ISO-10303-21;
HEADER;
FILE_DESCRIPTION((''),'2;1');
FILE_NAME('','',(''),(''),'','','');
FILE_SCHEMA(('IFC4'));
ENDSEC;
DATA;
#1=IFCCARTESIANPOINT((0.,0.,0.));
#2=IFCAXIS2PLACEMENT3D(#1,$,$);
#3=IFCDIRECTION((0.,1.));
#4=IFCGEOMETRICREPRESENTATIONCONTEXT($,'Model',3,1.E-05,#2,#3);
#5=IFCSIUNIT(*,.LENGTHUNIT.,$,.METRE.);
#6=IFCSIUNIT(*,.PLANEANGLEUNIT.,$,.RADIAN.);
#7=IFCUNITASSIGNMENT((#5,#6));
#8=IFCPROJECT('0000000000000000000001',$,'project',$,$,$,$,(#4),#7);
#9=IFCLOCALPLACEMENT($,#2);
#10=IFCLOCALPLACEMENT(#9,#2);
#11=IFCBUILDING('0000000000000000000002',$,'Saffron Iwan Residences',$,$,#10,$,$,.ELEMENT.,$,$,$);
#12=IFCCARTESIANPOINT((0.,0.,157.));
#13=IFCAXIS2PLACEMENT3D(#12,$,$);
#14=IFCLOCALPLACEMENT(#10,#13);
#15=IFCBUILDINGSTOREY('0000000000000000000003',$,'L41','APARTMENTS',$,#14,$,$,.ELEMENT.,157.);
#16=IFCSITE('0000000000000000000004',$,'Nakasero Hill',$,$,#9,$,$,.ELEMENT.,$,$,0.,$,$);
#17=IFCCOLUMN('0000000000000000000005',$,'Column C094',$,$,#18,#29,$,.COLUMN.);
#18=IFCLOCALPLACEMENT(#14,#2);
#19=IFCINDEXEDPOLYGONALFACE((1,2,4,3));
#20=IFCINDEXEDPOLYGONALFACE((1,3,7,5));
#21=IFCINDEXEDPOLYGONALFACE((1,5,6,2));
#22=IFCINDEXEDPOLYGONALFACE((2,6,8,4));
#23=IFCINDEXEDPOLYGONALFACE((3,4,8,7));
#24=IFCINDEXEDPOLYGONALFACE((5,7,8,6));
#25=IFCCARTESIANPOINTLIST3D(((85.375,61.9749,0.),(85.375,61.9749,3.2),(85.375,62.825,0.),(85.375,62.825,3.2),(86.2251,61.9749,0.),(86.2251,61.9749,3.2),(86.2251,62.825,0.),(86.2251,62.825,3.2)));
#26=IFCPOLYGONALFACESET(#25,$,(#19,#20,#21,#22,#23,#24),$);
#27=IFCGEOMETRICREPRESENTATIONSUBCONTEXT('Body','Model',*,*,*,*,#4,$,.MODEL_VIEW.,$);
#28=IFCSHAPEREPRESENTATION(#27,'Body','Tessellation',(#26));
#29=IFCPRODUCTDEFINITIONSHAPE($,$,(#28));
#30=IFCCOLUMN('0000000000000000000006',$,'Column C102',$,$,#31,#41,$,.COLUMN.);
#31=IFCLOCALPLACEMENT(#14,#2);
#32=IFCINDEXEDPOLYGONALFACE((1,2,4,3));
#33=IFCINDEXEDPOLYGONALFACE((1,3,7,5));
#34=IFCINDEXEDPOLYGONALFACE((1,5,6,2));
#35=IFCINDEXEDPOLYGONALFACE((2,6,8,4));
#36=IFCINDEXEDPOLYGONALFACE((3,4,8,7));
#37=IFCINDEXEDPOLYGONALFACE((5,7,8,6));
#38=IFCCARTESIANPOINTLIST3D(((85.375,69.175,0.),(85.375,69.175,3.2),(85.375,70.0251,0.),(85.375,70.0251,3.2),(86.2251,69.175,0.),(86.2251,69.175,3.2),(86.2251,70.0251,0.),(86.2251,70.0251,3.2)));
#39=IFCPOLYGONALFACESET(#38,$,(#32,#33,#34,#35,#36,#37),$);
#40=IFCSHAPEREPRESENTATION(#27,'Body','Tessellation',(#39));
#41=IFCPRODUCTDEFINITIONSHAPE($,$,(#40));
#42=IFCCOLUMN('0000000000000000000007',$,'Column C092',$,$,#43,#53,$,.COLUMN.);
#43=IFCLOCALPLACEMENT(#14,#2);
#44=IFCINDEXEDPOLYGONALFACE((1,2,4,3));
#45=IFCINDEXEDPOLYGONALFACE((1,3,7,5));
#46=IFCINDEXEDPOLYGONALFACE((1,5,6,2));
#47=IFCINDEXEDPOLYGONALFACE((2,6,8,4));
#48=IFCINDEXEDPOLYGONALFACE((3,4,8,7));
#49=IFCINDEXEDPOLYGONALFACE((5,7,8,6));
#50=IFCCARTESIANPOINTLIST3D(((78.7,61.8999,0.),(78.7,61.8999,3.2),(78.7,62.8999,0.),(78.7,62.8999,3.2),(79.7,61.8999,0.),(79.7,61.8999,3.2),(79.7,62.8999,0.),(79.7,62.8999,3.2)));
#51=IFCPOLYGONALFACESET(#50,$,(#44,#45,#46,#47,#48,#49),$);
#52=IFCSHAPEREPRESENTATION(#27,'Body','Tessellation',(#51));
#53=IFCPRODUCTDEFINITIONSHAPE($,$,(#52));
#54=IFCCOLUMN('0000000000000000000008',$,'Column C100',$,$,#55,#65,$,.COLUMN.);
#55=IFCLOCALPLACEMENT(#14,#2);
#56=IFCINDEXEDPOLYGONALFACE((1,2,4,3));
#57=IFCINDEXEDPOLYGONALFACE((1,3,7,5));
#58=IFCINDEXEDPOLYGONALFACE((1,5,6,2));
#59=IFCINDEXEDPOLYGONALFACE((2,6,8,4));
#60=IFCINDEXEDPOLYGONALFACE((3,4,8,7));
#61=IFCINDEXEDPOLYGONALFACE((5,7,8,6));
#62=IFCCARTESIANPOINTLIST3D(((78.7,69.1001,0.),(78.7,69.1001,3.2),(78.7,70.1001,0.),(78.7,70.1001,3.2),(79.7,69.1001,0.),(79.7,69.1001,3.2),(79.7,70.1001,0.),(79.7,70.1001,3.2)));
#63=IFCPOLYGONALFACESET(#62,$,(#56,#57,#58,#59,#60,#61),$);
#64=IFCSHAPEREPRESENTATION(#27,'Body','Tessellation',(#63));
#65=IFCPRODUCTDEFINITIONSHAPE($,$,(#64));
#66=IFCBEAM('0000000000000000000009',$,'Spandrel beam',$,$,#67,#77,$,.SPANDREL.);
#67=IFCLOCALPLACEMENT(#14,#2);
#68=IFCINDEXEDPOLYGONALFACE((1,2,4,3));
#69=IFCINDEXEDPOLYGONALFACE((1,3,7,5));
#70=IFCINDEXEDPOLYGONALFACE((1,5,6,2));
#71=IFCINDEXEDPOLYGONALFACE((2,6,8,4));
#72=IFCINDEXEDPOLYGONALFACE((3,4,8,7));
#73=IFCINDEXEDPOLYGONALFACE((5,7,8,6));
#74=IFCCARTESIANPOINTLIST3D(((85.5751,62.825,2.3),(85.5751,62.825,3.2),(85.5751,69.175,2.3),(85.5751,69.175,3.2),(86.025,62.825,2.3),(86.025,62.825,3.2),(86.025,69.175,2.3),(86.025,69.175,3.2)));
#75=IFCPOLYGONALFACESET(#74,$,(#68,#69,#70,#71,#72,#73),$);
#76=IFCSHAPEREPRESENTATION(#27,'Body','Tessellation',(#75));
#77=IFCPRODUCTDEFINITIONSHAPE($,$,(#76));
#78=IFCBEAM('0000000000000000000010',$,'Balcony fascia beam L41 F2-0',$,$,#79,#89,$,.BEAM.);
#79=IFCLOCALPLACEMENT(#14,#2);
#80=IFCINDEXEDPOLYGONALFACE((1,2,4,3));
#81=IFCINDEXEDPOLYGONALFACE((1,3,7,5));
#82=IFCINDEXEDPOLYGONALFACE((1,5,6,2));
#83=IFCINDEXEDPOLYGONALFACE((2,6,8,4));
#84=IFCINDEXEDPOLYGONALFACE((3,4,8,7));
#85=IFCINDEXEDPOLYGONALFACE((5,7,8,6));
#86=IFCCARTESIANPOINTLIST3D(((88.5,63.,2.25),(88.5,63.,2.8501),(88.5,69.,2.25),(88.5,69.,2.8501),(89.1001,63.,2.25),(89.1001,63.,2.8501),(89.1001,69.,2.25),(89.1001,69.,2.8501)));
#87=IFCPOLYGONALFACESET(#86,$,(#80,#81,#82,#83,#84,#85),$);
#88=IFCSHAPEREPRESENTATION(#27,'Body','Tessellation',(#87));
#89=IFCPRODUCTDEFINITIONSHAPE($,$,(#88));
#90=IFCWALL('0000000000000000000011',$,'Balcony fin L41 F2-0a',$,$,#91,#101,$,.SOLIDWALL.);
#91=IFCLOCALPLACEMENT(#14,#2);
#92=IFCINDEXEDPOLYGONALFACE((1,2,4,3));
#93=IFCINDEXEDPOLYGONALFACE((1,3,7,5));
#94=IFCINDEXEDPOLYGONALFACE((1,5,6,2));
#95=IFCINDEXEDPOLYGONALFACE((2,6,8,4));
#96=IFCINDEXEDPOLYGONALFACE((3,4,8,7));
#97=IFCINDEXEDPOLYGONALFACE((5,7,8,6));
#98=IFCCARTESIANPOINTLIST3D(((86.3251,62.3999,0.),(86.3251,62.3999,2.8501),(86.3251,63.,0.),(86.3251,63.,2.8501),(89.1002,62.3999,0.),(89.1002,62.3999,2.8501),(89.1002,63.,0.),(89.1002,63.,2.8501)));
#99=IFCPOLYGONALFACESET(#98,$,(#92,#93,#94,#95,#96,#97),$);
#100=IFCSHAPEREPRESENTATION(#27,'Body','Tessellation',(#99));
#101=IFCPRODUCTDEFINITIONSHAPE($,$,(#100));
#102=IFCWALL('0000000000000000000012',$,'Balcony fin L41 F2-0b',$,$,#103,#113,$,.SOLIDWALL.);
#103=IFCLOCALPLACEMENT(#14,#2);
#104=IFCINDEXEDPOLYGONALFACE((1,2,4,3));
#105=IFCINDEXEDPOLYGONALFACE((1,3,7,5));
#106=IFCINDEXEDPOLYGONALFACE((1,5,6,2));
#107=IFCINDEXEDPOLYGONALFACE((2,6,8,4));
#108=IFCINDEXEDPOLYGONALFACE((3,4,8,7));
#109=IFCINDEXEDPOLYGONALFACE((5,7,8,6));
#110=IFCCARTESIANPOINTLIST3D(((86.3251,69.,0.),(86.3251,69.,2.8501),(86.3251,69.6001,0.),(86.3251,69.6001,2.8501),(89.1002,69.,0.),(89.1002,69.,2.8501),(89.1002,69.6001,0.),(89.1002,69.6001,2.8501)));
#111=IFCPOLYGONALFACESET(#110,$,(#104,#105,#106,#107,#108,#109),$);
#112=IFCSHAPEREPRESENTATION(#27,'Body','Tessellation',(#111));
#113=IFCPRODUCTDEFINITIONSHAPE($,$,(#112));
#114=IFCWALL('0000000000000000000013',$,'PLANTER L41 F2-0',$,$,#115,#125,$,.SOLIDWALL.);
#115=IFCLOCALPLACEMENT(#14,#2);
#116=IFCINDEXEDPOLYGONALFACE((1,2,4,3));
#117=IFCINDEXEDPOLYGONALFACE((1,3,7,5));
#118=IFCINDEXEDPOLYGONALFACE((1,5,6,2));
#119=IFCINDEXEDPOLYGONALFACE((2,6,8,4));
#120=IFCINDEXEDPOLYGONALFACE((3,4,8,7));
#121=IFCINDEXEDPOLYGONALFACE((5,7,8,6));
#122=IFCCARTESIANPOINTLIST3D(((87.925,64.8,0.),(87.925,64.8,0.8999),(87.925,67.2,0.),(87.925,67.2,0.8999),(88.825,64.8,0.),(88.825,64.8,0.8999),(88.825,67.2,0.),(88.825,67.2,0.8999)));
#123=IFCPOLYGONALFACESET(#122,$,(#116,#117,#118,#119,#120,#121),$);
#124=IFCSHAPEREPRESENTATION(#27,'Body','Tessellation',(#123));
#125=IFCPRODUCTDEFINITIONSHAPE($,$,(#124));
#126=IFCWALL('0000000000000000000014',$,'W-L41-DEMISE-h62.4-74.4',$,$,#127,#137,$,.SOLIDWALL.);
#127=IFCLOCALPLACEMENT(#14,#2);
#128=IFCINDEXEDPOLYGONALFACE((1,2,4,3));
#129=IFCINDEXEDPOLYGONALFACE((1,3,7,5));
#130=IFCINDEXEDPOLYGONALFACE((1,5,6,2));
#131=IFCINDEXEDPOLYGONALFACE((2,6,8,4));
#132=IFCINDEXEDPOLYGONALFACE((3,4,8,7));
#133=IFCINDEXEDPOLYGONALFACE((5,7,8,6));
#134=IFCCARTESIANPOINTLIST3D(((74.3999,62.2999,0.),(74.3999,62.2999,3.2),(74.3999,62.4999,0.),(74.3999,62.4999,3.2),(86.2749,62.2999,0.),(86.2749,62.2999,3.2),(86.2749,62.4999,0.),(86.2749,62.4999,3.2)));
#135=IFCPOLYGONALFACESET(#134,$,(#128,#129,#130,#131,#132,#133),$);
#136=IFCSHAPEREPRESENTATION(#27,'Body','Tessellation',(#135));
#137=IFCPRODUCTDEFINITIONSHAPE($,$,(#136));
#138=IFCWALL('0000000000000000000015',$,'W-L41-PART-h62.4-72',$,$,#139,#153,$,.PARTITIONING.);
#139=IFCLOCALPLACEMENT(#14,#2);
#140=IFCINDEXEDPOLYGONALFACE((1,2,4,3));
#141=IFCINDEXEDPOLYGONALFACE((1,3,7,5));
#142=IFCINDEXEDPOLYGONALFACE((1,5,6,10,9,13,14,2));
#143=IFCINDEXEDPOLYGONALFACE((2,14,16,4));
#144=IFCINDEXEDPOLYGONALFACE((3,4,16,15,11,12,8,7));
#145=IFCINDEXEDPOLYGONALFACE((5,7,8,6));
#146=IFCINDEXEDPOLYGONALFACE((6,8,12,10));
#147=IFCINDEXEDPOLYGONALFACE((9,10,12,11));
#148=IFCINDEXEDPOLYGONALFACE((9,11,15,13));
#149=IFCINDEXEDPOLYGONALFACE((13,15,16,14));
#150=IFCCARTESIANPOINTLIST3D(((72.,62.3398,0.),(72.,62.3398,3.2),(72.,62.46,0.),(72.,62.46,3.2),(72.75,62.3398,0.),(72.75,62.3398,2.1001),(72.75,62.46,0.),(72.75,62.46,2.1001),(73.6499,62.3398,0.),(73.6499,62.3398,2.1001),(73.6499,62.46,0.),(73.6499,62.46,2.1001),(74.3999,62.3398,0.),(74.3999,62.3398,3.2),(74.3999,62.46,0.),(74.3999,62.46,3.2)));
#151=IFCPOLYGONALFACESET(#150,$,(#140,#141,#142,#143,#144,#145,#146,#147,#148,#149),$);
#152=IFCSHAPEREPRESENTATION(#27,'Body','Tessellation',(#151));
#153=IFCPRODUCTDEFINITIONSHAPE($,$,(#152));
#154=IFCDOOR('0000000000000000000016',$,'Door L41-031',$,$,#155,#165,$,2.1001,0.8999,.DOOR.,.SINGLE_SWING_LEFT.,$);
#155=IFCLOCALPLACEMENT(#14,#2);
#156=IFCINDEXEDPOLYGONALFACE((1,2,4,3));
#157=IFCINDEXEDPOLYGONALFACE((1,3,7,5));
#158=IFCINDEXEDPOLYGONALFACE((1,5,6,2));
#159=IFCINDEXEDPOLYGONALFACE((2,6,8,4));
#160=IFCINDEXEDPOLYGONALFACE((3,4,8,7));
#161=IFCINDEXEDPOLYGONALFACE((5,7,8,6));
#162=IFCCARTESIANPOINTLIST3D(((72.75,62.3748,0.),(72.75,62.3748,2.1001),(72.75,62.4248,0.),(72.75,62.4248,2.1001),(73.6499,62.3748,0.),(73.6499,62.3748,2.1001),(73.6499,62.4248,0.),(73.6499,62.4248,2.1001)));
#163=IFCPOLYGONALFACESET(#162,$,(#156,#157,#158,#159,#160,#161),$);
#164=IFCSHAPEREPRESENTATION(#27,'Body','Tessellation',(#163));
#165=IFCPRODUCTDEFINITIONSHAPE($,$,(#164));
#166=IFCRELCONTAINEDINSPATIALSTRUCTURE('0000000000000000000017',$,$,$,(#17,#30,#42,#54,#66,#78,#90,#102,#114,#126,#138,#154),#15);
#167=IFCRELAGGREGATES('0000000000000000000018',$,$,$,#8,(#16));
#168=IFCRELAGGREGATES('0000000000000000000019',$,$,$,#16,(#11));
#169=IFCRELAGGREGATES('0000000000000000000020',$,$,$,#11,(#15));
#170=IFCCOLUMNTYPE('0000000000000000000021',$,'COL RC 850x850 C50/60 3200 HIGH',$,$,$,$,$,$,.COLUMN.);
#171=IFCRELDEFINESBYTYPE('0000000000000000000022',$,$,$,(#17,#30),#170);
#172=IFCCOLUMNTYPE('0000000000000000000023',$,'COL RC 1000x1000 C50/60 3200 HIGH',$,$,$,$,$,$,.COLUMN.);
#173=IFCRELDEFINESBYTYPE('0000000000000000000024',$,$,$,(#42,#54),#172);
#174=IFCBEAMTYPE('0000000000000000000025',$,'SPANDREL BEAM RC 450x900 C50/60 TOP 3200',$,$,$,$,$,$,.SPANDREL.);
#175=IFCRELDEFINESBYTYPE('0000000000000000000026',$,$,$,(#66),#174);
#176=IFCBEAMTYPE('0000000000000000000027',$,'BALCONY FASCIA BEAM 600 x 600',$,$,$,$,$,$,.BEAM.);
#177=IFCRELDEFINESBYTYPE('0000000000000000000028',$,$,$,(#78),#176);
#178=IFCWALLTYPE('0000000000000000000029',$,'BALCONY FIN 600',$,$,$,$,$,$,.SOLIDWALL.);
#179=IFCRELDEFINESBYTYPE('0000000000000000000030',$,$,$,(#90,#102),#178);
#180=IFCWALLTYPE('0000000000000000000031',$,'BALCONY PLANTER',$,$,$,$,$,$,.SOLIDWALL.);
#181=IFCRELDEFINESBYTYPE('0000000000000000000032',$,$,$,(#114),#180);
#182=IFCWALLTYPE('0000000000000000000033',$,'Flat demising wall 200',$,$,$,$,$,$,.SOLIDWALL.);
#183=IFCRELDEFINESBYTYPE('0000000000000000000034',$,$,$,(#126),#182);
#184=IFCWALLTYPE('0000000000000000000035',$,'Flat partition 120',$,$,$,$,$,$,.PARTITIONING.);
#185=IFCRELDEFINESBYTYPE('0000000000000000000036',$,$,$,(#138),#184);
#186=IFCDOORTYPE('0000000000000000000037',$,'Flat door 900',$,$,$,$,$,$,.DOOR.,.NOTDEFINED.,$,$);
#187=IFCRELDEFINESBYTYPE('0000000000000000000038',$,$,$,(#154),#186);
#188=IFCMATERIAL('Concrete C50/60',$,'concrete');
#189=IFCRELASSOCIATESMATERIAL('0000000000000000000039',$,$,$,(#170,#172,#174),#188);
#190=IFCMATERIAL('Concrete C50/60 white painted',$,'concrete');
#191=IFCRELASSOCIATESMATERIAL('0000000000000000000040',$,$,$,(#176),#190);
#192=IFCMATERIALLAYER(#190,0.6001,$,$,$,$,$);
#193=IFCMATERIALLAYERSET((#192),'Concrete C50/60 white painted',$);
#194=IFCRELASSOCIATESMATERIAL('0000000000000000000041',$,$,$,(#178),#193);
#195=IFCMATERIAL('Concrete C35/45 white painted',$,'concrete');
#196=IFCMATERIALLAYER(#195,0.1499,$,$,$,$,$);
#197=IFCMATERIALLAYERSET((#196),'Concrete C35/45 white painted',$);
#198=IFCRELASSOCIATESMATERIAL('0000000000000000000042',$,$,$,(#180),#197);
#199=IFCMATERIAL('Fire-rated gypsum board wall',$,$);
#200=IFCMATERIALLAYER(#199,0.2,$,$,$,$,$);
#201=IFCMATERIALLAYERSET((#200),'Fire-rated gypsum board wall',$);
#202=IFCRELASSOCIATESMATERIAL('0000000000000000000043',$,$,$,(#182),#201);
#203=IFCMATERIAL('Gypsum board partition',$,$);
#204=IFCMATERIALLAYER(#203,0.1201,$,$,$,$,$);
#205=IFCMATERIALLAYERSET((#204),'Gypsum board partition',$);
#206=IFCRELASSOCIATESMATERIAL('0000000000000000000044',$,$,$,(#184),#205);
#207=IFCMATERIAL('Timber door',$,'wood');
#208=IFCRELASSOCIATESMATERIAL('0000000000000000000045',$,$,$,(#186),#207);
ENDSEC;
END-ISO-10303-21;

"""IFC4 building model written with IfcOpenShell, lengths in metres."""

from ifc_helpers import new_model, si_unit, direction, frame, frame_2d, origin, origin_2d, place, context, subcontext, project, spatial, rectangle, extrude, source, transform, mapped, material, layer, layer_set, material_profile, profile_set, type_object, element, fill, save


model = new_model("IFC4")

# Units and contexts
model_context = context("Model", 3, precision=1e-05, world=origin(), true_north=direction((0.0, 1.0)))
body_context = subcontext(model_context, "Body", "Model", "MODEL_VIEW")
ifc_project = project(units=[si_unit("LENGTHUNIT", "METRE"), si_unit("PLANEANGLEUNIT", "RADIAN")], contexts=[model_context])

# Site, building, storey
site_placement = place(None, origin())
site = spatial("IfcSite", under=ifc_project, at=site_placement, Name="Nakasero Hill", CompositionType="ELEMENT", RefElevation=0.0)
building_placement = place(site_placement, origin())
building = spatial("IfcBuilding", under=site, at=building_placement, Name="Saffron Iwan Residences", CompositionType="ELEMENT")
storey_placement = place(building_placement, frame((0.0, 0.0, 157.0)))
storey = spatial("IfcBuildingStorey", under=building, at=storey_placement, Name="L41", Description="APARTMENTS", CompositionType="ELEMENT", Elevation=157.0)

# Columns
ifc_material_1 = material(Name="Concrete C50/60", Category="concrete")
ifc_material_profile_1 = material_profile(ifc_material_1, rectangle(XDim=0.8501, YDim=0.8501, at=origin_2d()), Name="RC 850x850")
ifc_profile_set_1 = profile_set([ifc_material_profile_1], Name="Concrete C50/60")
column_type_1 = type_object("IfcColumnType", Name="COL RC 850x850 C50/60 3200 HIGH", PredefinedType="COLUMN", material=ifc_profile_set_1)
shared_shape_1 = source(origin(), body_context, "Body", "SweptSolid", [
    extrude(rectangle(XDim=0.8501, YDim=0.8501, at=origin_2d()), origin(), (0.0, 0.0, 1.0), 3.2),
])
for number, where, z_axis, x_axis, name in (
    (1, (85.8, 62.3999, 0.0), (0.0, 0.0, 1.0), (1.0, 0.0, 0.0), "Column C094"),
    (2, (85.8, 69.6001, 0.0), (0.0, 0.0, 1.0), (1.0, 0.0, 0.0), "Column C102"),
):
    element("IfcColumn", number, at=place(storey_placement, frame(where, z_axis=z_axis, x_axis=x_axis)), inside=storey, type_object=column_type_1, Name=name, PredefinedType="COLUMN", context=body_context, shape_type="MappedRepresentation", body=[
        mapped(shared_shape_1, transform((0.0, 0.0, 0.0))),
    ])
ifc_material_profile_2 = material_profile(ifc_material_1, rectangle(XDim=1.0, YDim=1.0, at=origin_2d()), Name="RC 1000x1000")
ifc_profile_set_2 = profile_set([ifc_material_profile_2], Name="Concrete C50/60")
column_type_2 = type_object("IfcColumnType", Name="COL RC 1000x1000 C50/60 3200 HIGH", PredefinedType="COLUMN", material=ifc_profile_set_2)
shared_shape_2 = source(origin(), body_context, "Body", "SweptSolid", [
    extrude(rectangle(XDim=1.0, YDim=1.0, at=origin_2d()), origin(), (0.0, 0.0, 1.0), 3.2),
])
for number, where, z_axis, x_axis, name in (
    (3, (79.2, 62.3999, 0.0), (0.0, 0.0, 1.0), (1.0, 0.0, 0.0), "Column C092"),
    (4, (79.2, 69.6001, 0.0), (0.0, 0.0, 1.0), (1.0, 0.0, 0.0), "Column C100"),
):
    element("IfcColumn", number, at=place(storey_placement, frame(where, z_axis=z_axis, x_axis=x_axis)), inside=storey, type_object=column_type_2, Name=name, PredefinedType="COLUMN", context=body_context, shape_type="MappedRepresentation", body=[
        mapped(shared_shape_2, transform((0.0, 0.0, 0.0))),
    ])

# Beams
ifc_material_profile_3 = material_profile(ifc_material_1, rectangle(XDim=0.45, YDim=0.8999, at=origin_2d()), Name="RC 450x900")
ifc_profile_set_3 = profile_set([ifc_material_profile_3], Name="Concrete C50/60")
beam_type_1 = type_object("IfcBeamType", Name="SPANDREL BEAM RC 450x900 C50/60 TOP 3200", PredefinedType="SPANDREL", material=ifc_profile_set_3)
shared_shape_3 = source(origin(), body_context, "Body", "SweptSolid", [
    extrude(rectangle(XDim=0.45, YDim=0.8999, at=origin_2d()), origin(), (0.0, 0.0, 1.0), 6.3501),
])
beam_1_placement = place(storey_placement, frame((85.8, 69.175, 2.75), z_axis=(0.0, -1.0, 0.0), x_axis=(1.0, 0.0, 0.0)))
element("IfcBeam", 5, at=beam_1_placement, inside=storey, type_object=beam_type_1, Name="Spandrel beam", PredefinedType="SPANDREL", context=body_context, shape_type="MappedRepresentation", body=[
    mapped(shared_shape_3, transform((0.0, 0.0, 0.0))),
])
ifc_material_2 = material(Name="Concrete C50/60 white painted", Category="concrete")
ifc_material_profile_4 = material_profile(ifc_material_2, rectangle(XDim=0.6001, YDim=0.6001, at=origin_2d()), Name="BALCONY FASCIA BEAM 600 x 600")
ifc_profile_set_4 = profile_set([ifc_material_profile_4], Name="Concrete C50/60 white painted")
beam_type_2 = type_object("IfcBeamType", Name="BALCONY FASCIA BEAM 600 x 600", PredefinedType="BEAM", material=ifc_profile_set_4)
shared_shape_4 = source(origin(), body_context, "Body", "SweptSolid", [
    extrude(rectangle(XDim=0.6001, YDim=0.6001, at=origin_2d()), origin(), (0.0, 0.0, 1.0), 6.0),
])
beam_2_placement = place(storey_placement, frame((88.8, 63.0, 2.55), z_axis=(0.0, 1.0, 0.0), x_axis=(-1.0, 0.0, 0.0)))
element("IfcBeam", 6, at=beam_2_placement, inside=storey, type_object=beam_type_2, Name="Balcony fascia beam L41 F2-0", PredefinedType="BEAM", context=body_context, shape_type="MappedRepresentation", body=[
    mapped(shared_shape_4, transform((0.0, 0.0, 0.0))),
])

# Walls
ifc_layer_1 = layer(ifc_material_2, 0.6001)
ifc_layer_set_1 = layer_set([ifc_layer_1], Name="Concrete C50/60 white painted")
wall_type_1 = type_object("IfcWallType", Name="BALCONY FIN 600", PredefinedType="SOLIDWALL", material=ifc_layer_set_1)
for number, where, z_axis, x_axis, name in (
    (7, (86.325, 62.7, 0.0), (0.0, 0.0, 1.0), (1.0, 0.0, 0.0), "Balcony fin L41 F2-0a"),
    (8, (86.325, 69.3, 0.0), (0.0, 0.0, 1.0), (1.0, 0.0, 0.0), "Balcony fin L41 F2-0b"),
):
    element("IfcWall", number, at=place(storey_placement, frame(where, z_axis=z_axis, x_axis=x_axis)), inside=storey, type_object=wall_type_1, Name=name, PredefinedType="SOLIDWALL", context=body_context, shape_type="SweptSolid", body=[
        extrude(rectangle(XDim=2.7751, YDim=0.6001, at=frame_2d((1.3877, 0.0))), origin(), (0.0, 0.0, 1.0), 2.8501),
    ])
ifc_material_3 = material(Name="Concrete C35/45 white painted", Category="concrete")
ifc_layer_2 = layer(ifc_material_3, 0.1499)
ifc_layer_set_2 = layer_set([ifc_layer_2], Name="Concrete C35/45 white painted")
wall_type_2 = type_object("IfcWallType", Name="BALCONY PLANTER", PredefinedType="SOLIDWALL", material=ifc_layer_set_2)
wall_1_placement = place(storey_placement, frame((88.375, 64.8, 0.0), z_axis=(0.0, 0.0, 1.0), x_axis=(0.0, 1.0, 0.0)))
element("IfcWall", 9, at=wall_1_placement, inside=storey, type_object=wall_type_2, Name="PLANTER L41 F2-0", PredefinedType="SOLIDWALL", context=body_context, shape_type="SweptSolid", body=[
    extrude(rectangle(XDim=2.3999, YDim=0.8999, at=frame_2d((1.2, 0.0))), origin(), (0.0, 0.0, 1.0), 0.8999),
])

# Wall
ifc_material_4 = material(Name="Fire-rated gypsum board wall")
ifc_layer_3 = layer(ifc_material_4, 0.2)
ifc_layer_set_3 = layer_set([ifc_layer_3], Name="Fire-rated gypsum board wall")
wall_type_3 = type_object("IfcWallType", Name="Flat demising wall 200", PredefinedType="SOLIDWALL", material=ifc_layer_set_3)
wall_2_placement = place(storey_placement, frame((74.3999, 62.3999, 0.0), z_axis=(0.0, 0.0, 1.0), x_axis=(1.0, 0.0, 0.0)))
element("IfcWall", 10, at=wall_2_placement, inside=storey, type_object=wall_type_3, Name="W-L41-DEMISE-h62.4-74.4", PredefinedType="SOLIDWALL", context=body_context, shape_type="SweptSolid", body=[
    extrude(rectangle(XDim=11.875, YDim=0.2, at=frame_2d((5.9375, 0.0))), origin(), (0.0, 0.0, 1.0), 3.2),
])

# Wall, opening, door
ifc_material_5 = material(Name="Gypsum board partition")
ifc_layer_4 = layer(ifc_material_5, 0.1201)
ifc_layer_set_4 = layer_set([ifc_layer_4], Name="Gypsum board partition")
wall_type_4 = type_object("IfcWallType", Name="Flat partition 120", PredefinedType="PARTITIONING", material=ifc_layer_set_4)
wall_3_placement = place(storey_placement, frame((72.0, 62.3999, 0.0), z_axis=(0.0, 0.0, 1.0), x_axis=(1.0, 0.0, 0.0)))
wall_3 = element("IfcWall", 11, at=wall_3_placement, inside=storey, type_object=wall_type_4, Name="W-L41-PART-h62.4-72", PredefinedType="PARTITIONING", context=body_context, shape_type="SweptSolid", body=[
    extrude(rectangle(XDim=2.3999, YDim=0.1201, at=frame_2d((1.2, 0.0))), origin(), (0.0, 0.0, 1.0), 3.2),
])
opening_1_placement = place(wall_3_placement, frame((0.75, 0.0, 0.0)))
opening_1 = element("IfcOpeningElement", 12, at=opening_1_placement, cuts=wall_3, PredefinedType="OPENING", context=body_context, shape_type="SweptSolid", body=[
    extrude(rectangle(XDim=0.8999, YDim=2.1001, at=frame_2d((0.45, 1.05))), frame((0.0, 0.0701, 0.0), z_axis=(0.0, -1.0, 0.0), x_axis=(1.0, 0.0, 0.0)), (0.0, 0.0, 1.0), 0.1401),
])
ifc_material_6 = material(Name="Timber door", Category="wood")
door_type_1 = type_object("IfcDoorType", Name="Flat door 900", OperationType="NOTDEFINED", PredefinedType="DOOR", material=ifc_material_6)
door_1_placement = place(opening_1_placement, origin())
door_1 = element("IfcDoor", 13, at=door_1_placement, inside=storey, type_object=door_type_1, Name="Door L41-031", OperationType="SINGLE_SWING_LEFT", OverallHeight=2.1001, OverallWidth=0.8999, PredefinedType="DOOR", context=body_context, shape_type="SweptSolid", body=[
    extrude(rectangle(XDim=0.8999, YDim=2.1001, at=frame_2d((0.45, 1.05))), frame((0.0, 0.0249, 0.0), z_axis=(0.0, -1.0, 0.0), x_axis=(1.0, 0.0, 0.0)), (0.0, 0.0, 1.0), 0.05),
])
fill(opening_1, door_1)

save(model, "model.ifc")
